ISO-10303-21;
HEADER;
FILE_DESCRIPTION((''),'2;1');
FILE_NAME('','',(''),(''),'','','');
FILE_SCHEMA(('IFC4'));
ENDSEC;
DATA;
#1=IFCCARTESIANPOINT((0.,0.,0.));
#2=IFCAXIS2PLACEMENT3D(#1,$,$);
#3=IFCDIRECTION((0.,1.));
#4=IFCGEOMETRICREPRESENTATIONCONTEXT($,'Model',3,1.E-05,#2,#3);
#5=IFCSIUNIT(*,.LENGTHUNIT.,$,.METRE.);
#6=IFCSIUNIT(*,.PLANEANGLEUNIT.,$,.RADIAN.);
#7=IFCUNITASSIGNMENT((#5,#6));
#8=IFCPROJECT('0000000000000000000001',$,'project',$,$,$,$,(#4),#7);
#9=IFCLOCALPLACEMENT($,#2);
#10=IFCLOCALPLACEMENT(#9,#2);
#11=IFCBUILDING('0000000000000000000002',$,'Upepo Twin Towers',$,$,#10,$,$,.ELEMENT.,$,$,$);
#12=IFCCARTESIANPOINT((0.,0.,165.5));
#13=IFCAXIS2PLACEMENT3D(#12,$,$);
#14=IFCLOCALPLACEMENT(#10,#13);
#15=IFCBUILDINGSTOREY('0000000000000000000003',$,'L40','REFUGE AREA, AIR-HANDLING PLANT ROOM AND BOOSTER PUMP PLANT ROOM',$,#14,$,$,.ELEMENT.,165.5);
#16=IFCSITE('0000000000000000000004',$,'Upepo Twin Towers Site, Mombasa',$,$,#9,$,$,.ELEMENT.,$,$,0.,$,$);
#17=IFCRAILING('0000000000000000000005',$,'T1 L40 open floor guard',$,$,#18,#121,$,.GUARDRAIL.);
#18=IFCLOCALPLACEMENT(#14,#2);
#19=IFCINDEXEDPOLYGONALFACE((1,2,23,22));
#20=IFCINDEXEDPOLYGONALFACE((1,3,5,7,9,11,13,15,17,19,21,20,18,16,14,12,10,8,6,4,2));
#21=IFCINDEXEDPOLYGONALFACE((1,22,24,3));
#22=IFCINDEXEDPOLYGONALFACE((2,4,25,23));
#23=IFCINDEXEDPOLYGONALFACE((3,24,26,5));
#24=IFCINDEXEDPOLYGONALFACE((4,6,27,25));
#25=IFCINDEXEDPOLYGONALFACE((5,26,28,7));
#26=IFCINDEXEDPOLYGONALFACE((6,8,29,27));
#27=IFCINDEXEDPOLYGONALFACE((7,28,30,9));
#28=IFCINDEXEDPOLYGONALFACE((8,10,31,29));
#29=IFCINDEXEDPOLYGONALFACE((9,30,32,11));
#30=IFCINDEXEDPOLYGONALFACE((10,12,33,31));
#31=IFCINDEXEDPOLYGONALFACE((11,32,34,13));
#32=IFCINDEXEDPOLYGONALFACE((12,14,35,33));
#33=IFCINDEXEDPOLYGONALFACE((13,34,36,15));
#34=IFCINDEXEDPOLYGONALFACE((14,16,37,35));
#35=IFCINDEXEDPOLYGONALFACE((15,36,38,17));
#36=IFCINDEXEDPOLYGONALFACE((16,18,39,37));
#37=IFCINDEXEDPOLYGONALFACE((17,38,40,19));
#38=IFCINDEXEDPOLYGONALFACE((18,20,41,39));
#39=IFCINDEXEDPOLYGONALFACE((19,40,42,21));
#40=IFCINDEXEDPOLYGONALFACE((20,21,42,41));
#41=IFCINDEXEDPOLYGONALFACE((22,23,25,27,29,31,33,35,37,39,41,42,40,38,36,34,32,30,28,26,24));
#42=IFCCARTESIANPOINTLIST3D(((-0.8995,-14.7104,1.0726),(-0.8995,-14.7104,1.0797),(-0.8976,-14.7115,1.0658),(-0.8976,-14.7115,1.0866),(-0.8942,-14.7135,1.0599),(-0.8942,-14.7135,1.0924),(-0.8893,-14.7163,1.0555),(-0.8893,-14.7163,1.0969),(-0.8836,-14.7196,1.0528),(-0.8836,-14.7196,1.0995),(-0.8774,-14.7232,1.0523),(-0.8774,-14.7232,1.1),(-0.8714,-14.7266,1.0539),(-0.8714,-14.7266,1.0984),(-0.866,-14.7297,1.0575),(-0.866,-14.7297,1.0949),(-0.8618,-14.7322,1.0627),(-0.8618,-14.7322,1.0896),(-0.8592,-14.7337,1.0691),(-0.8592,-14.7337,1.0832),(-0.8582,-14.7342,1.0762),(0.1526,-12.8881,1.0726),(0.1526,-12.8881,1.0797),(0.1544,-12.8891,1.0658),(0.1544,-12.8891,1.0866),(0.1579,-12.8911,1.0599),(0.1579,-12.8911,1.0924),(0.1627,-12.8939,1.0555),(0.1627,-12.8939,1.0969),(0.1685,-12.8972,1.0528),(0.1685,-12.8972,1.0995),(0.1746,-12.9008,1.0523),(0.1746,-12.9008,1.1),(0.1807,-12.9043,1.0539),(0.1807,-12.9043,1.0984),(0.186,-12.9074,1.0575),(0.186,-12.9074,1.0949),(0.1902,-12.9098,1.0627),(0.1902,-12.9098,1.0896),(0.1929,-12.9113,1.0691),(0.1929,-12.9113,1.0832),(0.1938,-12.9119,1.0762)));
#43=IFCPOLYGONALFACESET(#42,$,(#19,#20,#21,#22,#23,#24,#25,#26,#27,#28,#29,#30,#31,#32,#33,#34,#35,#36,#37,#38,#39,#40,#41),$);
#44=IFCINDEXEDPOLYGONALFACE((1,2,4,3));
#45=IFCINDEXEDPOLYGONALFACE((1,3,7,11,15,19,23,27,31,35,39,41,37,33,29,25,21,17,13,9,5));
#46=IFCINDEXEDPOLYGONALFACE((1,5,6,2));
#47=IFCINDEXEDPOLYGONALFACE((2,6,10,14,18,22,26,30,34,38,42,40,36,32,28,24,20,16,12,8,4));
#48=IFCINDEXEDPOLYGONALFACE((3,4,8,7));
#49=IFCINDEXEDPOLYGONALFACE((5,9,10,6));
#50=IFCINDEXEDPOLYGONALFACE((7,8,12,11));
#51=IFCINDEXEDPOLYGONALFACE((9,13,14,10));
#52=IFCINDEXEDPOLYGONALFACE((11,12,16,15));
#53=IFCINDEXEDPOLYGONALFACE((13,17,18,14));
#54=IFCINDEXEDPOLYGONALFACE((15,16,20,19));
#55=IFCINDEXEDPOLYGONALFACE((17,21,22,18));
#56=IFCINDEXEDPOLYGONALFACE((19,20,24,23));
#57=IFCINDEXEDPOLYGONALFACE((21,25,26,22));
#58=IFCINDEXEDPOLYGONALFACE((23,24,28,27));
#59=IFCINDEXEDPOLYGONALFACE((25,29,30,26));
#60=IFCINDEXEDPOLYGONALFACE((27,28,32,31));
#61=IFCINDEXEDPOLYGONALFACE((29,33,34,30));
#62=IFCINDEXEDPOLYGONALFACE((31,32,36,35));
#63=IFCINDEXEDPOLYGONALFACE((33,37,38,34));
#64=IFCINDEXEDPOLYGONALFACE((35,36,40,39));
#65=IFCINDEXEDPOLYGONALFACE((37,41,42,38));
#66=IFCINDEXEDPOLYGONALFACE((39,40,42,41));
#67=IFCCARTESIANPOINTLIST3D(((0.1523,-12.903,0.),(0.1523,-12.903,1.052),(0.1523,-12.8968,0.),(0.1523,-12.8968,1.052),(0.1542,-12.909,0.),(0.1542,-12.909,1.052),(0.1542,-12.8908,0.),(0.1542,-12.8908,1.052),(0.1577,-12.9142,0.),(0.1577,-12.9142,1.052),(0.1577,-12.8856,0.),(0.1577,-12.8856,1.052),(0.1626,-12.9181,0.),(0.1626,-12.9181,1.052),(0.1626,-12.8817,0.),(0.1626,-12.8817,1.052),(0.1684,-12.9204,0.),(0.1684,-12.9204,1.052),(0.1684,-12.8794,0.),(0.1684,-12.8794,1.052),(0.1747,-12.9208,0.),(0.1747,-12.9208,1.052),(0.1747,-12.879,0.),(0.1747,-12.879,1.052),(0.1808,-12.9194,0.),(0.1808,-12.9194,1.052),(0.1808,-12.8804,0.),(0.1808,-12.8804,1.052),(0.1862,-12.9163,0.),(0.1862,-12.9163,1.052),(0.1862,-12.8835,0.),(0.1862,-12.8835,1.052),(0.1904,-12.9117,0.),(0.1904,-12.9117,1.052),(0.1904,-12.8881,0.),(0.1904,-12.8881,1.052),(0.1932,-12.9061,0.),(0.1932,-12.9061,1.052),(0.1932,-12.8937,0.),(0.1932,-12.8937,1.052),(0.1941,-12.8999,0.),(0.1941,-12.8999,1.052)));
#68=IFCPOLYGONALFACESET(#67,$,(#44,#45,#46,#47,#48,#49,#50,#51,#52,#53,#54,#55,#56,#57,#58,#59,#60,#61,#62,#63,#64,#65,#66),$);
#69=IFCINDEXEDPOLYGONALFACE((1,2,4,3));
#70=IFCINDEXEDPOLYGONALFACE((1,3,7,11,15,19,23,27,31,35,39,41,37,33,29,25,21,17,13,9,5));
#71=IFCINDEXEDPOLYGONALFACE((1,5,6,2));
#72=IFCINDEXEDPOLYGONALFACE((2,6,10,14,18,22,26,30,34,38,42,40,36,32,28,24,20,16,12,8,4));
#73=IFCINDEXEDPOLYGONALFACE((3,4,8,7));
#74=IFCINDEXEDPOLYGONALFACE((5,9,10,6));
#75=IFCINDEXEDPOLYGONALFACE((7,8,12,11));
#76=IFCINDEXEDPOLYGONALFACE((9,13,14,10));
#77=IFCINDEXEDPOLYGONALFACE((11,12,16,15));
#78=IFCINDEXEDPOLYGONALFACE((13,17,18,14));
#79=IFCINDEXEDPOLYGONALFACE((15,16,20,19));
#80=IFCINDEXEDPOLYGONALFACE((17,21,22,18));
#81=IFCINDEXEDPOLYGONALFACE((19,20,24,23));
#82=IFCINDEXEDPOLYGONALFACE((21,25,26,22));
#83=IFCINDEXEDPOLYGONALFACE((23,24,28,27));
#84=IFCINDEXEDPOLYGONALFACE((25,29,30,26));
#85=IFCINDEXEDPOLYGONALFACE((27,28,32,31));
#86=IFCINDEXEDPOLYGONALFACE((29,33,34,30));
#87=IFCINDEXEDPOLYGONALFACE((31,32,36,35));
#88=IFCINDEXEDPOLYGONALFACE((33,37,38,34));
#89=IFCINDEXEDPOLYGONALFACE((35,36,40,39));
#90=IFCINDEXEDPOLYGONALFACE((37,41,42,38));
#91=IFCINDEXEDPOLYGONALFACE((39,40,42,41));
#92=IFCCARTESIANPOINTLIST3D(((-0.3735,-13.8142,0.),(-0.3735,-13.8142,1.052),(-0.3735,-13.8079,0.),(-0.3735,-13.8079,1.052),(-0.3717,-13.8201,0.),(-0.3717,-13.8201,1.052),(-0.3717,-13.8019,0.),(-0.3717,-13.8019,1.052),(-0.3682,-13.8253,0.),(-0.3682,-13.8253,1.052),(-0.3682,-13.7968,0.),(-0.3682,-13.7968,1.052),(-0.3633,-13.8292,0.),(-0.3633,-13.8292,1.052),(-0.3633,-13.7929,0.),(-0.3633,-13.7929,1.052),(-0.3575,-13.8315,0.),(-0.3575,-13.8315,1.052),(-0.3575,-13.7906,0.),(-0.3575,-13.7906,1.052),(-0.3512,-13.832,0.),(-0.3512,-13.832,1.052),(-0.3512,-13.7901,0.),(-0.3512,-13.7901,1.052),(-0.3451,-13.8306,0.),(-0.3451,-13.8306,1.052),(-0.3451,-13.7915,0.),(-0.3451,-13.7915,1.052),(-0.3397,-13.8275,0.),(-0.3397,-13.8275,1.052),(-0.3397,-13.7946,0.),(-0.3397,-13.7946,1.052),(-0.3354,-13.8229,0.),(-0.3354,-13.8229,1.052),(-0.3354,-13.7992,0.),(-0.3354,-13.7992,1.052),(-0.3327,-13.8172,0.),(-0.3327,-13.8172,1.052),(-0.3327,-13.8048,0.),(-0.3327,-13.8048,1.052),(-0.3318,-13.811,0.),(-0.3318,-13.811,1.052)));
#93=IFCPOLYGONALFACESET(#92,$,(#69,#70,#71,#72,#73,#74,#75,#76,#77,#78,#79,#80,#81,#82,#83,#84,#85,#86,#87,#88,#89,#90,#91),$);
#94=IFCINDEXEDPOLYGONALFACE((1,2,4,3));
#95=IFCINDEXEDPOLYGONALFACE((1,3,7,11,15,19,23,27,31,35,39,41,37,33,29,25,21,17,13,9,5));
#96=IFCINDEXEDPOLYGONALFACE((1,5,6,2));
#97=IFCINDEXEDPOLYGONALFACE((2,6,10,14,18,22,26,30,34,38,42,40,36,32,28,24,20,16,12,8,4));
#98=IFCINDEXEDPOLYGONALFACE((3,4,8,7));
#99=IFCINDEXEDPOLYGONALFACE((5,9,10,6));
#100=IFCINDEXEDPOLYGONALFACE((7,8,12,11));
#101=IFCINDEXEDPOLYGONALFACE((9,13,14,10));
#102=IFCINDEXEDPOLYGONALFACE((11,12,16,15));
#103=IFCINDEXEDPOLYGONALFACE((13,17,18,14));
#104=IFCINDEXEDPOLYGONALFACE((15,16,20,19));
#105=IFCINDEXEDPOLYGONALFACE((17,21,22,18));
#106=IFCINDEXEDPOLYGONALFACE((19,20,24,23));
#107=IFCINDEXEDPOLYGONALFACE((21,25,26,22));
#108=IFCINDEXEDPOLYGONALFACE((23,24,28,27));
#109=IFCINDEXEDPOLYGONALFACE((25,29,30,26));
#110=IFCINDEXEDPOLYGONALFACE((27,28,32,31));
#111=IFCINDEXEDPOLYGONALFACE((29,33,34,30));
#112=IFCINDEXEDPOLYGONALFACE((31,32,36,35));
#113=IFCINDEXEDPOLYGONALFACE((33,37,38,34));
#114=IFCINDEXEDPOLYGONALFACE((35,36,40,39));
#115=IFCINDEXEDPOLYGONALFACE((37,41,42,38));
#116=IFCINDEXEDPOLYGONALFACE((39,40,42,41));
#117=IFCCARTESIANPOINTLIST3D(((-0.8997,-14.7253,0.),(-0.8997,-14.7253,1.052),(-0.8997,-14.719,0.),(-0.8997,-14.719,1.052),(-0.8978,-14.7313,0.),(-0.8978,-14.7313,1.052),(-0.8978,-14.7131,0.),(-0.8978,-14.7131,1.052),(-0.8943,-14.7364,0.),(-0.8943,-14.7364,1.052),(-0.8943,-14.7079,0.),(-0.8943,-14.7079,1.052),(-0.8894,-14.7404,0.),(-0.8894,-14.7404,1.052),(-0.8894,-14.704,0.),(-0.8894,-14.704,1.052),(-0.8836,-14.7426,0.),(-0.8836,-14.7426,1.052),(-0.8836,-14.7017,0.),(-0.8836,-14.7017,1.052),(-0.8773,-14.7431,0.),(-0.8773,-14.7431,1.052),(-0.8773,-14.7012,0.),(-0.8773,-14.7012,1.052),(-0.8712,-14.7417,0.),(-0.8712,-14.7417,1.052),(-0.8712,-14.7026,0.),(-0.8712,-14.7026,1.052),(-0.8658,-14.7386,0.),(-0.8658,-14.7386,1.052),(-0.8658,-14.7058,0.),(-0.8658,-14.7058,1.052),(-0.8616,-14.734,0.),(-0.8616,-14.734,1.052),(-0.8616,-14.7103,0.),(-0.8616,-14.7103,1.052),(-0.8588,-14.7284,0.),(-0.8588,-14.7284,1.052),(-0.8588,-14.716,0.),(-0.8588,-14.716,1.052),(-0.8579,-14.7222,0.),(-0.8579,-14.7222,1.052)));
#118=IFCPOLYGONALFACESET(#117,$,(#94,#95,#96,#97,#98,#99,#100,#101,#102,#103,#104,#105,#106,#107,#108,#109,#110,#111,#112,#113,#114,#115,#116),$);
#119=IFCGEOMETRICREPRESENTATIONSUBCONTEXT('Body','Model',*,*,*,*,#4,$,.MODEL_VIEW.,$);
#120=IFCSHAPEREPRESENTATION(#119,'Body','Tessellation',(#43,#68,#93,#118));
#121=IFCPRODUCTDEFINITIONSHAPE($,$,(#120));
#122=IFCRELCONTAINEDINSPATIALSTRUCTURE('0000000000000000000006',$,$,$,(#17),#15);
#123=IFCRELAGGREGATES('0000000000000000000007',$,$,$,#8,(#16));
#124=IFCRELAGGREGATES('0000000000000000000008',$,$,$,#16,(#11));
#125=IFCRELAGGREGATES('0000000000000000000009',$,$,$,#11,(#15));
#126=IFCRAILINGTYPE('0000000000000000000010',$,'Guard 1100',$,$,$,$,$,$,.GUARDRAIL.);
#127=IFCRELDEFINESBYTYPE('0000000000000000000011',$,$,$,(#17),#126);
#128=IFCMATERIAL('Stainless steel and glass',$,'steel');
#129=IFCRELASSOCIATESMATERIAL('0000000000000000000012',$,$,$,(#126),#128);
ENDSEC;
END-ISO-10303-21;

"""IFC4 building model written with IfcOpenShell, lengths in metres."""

from ifc_helpers import new_model, si_unit, direction, frame, origin, origin_2d, place, context, subcontext, project, spatial, circle, extrude, material, type_object, element, save


model = new_model("IFC4")

# Units and contexts
model_context = context("Model", 3, precision=1e-05, world=origin(), true_north=direction((0.0, 1.0)))
body_context = subcontext(model_context, "Body", "Model", "MODEL_VIEW")
ifc_project = project(units=[si_unit("LENGTHUNIT", "METRE"), si_unit("PLANEANGLEUNIT", "RADIAN")], contexts=[model_context])

# Site, building, storey
site_placement = place(None, origin())
site = spatial("IfcSite", under=ifc_project, at=site_placement, Name="Upepo Twin Towers Site, Mombasa", CompositionType="ELEMENT", RefElevation=0.0)
building_placement = place(site_placement, origin())
building = spatial("IfcBuilding", under=site, at=building_placement, Name="Upepo Twin Towers", CompositionType="ELEMENT")
storey_placement = place(building_placement, frame((0.0, 0.0, 165.5)))
storey = spatial("IfcBuildingStorey", under=building, at=storey_placement, Name="L40", Description="REFUGE AREA, AIR-HANDLING PLANT ROOM AND BOOSTER PUMP PLANT ROOM", CompositionType="ELEMENT", Elevation=165.5)

# Railing
ifc_material_1 = material(Name="Stainless steel and glass", Category="steel")
railing_type = type_object("IfcRailingType", Name="Guard 1100", PredefinedType="GUARDRAIL", material=ifc_material_1)
railing_1_placement = place(storey_placement, frame((0.1731, -12.8999, 0.0)))
element("IfcRailing", 1, at=railing_1_placement, inside=storey, type_object=railing_type, Name="T1 L40 open floor guard", PredefinedType="GUARDRAIL", context=body_context, shape_type="SweptSolid", body=[
    extrude(circle(Radius=0.0239, at=origin_2d()), frame((0.0, 0.0, 1.0762), z_axis=(-0.49997, -0.866043, 0.0), x_axis=(0.866043, -0.49997, 0.0)), (0.0, 0.0, 1.0), 2.1042),
    extrude(circle(Radius=0.021, at=origin_2d()), origin(), (0.0, 0.0, 1.0), 1.052),
    extrude(circle(Radius=0.021, at=origin_2d()), frame((-0.5259, -0.9111, 0.0)), (0.0, 0.0, 1.0), 1.052),
    extrude(circle(Radius=0.021, at=origin_2d()), frame((-1.052, -1.8223, 0.0)), (0.0, 0.0, 1.0), 1.052),
])

save(model, "model.ifc")
